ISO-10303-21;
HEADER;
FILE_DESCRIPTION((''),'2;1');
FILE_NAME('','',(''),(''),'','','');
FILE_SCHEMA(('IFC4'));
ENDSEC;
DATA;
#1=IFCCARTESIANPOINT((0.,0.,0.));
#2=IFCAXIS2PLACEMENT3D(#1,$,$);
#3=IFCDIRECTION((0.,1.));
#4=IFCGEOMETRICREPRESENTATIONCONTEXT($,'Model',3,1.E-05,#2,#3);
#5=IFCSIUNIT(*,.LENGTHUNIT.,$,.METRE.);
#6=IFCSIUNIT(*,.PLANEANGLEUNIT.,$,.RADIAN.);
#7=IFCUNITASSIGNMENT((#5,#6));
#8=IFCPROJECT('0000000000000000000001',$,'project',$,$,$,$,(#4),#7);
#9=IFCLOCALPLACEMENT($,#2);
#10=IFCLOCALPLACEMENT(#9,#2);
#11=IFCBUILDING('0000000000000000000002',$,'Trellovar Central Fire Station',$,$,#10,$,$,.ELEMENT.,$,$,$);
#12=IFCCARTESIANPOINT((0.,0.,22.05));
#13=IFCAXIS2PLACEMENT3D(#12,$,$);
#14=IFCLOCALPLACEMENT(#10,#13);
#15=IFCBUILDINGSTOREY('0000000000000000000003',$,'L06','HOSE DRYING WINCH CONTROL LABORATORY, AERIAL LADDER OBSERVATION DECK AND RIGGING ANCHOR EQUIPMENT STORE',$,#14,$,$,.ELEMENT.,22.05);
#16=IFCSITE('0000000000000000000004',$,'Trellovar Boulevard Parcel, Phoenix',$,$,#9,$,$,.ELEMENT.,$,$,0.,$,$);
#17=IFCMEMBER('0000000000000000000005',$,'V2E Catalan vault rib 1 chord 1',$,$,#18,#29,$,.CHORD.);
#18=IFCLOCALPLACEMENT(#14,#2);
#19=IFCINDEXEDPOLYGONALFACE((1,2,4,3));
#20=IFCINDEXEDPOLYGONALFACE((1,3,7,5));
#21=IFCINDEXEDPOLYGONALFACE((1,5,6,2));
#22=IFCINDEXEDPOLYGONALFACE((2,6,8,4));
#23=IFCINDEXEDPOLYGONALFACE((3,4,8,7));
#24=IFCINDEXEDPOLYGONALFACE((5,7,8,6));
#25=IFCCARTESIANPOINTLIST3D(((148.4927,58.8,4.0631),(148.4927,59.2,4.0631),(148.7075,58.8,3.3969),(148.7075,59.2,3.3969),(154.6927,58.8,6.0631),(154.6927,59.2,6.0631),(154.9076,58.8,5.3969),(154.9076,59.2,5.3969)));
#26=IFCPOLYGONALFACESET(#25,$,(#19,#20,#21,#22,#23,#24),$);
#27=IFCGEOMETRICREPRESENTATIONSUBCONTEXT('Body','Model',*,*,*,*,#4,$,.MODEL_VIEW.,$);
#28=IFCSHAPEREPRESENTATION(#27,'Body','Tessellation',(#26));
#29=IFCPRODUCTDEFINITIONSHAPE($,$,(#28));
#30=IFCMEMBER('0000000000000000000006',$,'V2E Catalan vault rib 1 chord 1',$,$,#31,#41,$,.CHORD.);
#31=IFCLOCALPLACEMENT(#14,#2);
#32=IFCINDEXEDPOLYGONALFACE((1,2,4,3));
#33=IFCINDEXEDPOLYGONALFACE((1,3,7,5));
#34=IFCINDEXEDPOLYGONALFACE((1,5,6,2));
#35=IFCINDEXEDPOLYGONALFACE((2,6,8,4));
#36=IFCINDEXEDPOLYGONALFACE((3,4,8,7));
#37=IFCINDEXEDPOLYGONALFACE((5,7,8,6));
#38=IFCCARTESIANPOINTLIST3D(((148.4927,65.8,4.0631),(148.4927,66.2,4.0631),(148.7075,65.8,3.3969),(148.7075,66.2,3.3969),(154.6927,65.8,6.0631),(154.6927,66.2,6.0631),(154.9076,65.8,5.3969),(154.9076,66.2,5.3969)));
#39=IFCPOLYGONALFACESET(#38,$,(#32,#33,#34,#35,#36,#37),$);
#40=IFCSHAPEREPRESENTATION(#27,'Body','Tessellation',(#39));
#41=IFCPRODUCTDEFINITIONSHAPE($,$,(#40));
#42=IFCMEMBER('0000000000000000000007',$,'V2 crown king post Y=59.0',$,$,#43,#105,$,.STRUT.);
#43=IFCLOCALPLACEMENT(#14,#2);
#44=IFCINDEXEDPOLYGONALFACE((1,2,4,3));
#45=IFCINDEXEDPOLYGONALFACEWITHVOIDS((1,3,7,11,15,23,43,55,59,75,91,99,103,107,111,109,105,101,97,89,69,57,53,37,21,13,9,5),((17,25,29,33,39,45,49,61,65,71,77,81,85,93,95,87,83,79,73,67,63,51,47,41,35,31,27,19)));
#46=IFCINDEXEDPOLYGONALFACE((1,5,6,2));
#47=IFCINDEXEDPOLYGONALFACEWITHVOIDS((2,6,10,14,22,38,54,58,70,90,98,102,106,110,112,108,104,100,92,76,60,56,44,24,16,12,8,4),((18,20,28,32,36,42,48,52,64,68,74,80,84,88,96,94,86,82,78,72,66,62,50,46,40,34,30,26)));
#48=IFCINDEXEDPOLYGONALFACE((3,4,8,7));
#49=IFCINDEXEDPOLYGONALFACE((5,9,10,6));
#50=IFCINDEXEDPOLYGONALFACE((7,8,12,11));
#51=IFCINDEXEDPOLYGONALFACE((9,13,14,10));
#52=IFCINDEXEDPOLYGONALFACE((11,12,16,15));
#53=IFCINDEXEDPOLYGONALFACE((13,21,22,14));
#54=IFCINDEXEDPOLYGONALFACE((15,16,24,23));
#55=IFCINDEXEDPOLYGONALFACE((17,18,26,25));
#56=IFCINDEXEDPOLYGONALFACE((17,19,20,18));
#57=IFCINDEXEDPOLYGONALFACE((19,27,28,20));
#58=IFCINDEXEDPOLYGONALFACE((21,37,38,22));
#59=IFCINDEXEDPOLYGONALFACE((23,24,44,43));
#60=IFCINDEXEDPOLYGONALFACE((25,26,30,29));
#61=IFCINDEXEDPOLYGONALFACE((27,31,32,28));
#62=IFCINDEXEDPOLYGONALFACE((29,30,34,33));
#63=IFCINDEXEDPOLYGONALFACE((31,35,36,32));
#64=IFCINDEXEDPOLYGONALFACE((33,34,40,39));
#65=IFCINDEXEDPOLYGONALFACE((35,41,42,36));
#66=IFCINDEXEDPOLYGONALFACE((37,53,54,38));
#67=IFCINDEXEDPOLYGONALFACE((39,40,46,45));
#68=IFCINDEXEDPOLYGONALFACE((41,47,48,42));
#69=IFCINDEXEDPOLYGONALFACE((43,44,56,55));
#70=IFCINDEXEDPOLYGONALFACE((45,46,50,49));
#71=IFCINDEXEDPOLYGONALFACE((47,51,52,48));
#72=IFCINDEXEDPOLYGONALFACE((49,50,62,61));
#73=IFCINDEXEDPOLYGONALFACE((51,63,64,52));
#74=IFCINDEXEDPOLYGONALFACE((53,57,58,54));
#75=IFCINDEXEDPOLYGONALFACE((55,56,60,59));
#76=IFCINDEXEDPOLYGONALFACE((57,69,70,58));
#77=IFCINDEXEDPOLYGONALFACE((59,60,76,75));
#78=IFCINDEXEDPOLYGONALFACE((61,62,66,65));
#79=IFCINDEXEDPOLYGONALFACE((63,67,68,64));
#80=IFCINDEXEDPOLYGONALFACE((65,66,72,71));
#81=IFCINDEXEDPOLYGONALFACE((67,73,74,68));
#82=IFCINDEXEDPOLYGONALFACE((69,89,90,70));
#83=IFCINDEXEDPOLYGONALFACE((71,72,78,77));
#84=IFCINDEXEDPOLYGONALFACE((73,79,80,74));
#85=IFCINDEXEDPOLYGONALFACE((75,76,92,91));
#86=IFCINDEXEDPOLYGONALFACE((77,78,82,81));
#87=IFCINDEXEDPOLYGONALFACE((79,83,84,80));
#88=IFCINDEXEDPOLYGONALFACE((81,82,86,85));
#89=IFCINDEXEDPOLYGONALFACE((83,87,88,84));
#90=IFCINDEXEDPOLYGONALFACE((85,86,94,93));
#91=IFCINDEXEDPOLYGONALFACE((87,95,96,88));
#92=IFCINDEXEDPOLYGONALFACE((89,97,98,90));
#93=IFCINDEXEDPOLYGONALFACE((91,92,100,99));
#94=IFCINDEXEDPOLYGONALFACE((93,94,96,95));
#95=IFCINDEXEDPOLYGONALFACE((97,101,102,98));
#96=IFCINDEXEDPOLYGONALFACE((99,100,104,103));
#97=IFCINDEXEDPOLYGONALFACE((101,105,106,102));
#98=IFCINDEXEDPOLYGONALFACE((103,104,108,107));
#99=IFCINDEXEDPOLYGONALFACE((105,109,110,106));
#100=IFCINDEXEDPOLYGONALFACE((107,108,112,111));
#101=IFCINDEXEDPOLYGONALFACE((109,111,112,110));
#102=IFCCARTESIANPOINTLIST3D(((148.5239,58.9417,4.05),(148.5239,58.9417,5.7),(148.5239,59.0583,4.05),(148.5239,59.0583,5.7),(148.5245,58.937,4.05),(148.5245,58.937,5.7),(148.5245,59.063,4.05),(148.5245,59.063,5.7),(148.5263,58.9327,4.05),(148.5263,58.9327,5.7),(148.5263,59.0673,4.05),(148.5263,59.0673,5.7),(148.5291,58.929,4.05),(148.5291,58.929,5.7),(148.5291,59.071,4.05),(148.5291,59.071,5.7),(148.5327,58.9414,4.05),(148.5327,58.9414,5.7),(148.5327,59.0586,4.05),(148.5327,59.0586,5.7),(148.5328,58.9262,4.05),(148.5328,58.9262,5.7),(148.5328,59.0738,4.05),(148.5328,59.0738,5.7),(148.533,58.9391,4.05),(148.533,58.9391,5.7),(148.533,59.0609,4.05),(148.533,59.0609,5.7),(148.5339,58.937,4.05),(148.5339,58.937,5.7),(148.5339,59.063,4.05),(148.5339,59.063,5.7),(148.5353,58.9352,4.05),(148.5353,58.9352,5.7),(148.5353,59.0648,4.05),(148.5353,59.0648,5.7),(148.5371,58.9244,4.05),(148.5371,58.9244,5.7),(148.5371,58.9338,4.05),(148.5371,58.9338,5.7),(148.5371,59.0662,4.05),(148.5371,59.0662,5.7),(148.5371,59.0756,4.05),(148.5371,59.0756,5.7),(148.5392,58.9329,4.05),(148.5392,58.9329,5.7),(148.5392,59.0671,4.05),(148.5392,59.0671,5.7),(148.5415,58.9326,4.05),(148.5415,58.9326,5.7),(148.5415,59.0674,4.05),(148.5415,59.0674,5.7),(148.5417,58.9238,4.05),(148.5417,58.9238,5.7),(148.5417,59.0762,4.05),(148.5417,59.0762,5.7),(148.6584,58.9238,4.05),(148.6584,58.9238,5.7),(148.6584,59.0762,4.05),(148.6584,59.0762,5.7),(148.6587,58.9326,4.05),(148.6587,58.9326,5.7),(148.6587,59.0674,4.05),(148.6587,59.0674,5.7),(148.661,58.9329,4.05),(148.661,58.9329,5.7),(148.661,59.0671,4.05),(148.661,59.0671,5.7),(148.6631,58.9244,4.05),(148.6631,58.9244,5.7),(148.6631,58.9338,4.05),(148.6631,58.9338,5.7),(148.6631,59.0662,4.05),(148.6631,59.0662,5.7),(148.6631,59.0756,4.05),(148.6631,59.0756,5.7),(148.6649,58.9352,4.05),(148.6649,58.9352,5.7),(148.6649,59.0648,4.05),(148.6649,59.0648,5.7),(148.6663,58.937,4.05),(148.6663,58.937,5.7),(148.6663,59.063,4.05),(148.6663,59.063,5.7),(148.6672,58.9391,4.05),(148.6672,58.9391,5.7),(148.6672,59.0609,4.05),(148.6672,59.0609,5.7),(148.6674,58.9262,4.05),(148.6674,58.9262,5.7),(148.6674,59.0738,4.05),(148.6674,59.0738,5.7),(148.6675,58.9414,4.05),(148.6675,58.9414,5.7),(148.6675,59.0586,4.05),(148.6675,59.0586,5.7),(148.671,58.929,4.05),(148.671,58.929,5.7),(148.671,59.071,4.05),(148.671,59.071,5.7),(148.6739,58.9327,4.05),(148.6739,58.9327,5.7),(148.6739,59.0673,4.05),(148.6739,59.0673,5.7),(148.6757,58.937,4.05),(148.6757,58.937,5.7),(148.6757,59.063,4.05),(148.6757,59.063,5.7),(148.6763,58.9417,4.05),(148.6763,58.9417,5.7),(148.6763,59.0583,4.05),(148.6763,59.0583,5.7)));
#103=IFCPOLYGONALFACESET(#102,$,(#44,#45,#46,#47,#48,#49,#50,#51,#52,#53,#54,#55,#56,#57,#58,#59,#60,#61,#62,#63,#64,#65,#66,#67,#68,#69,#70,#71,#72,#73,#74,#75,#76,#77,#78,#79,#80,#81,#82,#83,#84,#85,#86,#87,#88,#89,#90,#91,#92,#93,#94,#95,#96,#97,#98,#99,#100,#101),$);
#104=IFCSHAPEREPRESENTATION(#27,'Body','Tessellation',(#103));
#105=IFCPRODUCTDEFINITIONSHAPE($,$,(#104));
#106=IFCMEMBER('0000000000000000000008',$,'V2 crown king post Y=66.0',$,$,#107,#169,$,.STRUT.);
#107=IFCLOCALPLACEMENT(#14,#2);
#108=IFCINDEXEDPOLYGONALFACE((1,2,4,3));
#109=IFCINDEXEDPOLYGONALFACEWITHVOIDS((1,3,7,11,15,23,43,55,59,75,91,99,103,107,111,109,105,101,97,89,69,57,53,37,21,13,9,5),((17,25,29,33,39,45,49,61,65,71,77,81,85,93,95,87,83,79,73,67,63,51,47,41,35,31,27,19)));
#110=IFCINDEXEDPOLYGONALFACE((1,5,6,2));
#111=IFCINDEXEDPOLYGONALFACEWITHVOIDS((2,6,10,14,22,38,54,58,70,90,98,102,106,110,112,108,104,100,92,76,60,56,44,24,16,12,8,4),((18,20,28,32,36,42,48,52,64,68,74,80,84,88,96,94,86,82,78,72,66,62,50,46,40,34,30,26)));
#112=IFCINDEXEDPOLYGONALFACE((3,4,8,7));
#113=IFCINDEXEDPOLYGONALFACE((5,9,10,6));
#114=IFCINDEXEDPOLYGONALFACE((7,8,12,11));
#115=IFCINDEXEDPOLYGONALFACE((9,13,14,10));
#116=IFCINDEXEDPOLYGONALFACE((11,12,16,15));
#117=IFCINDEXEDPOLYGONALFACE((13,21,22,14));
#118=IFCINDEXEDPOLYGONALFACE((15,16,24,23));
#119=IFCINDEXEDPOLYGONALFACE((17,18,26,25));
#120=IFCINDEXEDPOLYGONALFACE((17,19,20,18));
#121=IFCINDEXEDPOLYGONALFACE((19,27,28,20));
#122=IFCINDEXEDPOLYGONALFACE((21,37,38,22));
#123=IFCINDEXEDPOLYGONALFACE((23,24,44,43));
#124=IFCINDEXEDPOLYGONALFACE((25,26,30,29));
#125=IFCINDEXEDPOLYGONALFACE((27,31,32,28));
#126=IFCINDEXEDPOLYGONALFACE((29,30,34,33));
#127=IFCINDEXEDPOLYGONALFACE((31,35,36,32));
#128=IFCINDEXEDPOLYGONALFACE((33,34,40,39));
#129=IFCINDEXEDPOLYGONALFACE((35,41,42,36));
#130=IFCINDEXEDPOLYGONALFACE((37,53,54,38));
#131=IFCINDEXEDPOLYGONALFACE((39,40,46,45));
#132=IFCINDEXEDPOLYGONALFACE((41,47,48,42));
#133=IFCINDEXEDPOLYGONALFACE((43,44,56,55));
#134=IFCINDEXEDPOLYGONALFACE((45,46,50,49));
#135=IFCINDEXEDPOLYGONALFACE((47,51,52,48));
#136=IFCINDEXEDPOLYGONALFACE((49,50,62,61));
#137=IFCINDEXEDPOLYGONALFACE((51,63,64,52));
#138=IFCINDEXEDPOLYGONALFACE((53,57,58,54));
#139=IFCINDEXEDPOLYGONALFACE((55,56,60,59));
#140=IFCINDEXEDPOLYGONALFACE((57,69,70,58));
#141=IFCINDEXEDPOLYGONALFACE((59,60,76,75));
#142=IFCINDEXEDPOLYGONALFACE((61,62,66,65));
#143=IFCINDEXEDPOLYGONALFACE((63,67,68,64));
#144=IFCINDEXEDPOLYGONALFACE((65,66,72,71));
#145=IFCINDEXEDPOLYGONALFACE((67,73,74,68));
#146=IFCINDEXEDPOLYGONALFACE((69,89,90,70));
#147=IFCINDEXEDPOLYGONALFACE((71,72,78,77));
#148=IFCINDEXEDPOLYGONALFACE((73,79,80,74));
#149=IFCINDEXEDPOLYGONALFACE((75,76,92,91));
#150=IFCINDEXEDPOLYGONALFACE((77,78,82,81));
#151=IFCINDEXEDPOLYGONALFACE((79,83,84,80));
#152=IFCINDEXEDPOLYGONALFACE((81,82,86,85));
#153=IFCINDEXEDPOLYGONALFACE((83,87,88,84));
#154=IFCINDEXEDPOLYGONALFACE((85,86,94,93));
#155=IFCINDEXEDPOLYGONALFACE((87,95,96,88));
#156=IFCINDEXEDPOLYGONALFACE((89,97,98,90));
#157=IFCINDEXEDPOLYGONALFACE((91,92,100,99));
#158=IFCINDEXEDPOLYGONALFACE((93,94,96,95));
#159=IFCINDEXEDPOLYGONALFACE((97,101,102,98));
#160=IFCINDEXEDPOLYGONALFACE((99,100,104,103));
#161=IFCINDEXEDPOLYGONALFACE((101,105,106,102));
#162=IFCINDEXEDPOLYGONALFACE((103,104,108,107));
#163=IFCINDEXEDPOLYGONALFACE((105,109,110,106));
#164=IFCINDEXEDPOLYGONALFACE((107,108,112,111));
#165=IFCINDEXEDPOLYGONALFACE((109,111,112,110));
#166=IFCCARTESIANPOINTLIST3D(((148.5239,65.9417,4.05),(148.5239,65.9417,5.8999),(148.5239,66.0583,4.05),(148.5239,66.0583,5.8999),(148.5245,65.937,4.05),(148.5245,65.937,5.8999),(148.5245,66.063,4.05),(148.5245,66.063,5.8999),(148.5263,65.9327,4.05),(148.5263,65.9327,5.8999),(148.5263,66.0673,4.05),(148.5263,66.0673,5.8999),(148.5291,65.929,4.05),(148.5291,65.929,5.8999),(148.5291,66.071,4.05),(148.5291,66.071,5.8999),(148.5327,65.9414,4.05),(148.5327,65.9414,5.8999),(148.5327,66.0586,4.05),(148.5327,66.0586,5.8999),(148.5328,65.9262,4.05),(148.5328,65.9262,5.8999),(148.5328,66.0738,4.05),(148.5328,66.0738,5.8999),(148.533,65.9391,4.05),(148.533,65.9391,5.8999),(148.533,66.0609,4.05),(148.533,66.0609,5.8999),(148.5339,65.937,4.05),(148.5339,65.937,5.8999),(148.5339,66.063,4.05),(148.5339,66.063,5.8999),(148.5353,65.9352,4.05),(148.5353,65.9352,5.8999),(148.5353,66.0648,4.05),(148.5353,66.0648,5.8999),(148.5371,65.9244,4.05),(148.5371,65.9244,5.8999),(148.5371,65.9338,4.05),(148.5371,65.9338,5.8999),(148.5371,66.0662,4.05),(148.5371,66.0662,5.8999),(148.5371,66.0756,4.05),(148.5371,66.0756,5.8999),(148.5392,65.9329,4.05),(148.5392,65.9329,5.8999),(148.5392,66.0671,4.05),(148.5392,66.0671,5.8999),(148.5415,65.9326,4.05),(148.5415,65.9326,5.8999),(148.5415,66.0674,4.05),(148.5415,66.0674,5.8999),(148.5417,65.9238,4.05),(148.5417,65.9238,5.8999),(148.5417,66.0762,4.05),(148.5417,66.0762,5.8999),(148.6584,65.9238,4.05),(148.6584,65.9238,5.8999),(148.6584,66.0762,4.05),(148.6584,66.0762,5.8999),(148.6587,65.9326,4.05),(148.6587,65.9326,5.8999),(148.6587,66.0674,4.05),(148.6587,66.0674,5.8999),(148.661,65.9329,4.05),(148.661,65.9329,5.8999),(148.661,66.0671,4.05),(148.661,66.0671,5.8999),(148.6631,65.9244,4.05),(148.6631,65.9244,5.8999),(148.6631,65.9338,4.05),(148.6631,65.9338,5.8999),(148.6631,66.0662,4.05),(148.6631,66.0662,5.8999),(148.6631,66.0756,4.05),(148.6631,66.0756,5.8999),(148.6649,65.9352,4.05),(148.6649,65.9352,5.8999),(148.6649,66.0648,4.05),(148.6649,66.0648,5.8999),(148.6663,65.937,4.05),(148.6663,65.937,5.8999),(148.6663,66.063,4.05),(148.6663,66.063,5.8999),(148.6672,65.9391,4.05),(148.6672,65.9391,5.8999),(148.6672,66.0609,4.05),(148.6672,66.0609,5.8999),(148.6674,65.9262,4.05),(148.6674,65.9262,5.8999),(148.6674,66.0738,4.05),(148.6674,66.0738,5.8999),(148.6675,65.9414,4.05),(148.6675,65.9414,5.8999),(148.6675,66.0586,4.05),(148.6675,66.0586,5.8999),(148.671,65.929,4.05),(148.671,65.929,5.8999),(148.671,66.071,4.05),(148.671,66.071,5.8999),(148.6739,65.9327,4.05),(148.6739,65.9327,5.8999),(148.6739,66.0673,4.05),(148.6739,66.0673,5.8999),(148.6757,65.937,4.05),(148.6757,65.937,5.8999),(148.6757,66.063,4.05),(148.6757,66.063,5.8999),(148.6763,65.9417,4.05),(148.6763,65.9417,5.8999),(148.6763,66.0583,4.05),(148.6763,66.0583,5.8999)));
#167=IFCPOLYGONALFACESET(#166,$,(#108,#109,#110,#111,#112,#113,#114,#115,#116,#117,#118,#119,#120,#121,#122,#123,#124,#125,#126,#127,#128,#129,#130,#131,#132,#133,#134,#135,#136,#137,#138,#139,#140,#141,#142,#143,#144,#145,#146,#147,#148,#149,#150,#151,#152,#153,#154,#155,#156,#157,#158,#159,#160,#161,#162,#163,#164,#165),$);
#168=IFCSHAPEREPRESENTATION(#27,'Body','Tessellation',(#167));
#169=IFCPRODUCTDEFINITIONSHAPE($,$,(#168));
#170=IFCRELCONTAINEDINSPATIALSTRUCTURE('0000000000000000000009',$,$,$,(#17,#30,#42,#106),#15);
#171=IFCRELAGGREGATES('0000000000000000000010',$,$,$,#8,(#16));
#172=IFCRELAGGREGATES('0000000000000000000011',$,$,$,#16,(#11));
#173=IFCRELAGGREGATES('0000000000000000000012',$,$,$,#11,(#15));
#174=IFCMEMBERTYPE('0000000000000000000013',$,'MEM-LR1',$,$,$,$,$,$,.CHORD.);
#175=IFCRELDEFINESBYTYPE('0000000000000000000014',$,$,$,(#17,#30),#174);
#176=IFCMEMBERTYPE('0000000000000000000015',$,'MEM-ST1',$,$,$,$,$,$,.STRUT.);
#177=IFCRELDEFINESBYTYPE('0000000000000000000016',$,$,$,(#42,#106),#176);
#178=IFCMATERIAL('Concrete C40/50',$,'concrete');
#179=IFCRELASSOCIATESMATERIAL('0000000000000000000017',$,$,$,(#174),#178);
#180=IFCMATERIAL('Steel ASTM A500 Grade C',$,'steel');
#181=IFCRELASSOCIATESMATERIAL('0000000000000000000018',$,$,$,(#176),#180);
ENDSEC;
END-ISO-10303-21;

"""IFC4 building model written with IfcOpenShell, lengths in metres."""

from ifc_helpers import new_model, si_unit, direction, frame, origin, origin_2d, place, context, subcontext, project, spatial, rectangle, hollow_rectangle, extrude, material, material_profile, profile_set, type_object, element, save


model = new_model("IFC4")

# Units and contexts
model_context = context("Model", 3, precision=1e-05, world=origin(), true_north=direction((0.0, 1.0)))
body_context = subcontext(model_context, "Body", "Model", "MODEL_VIEW")
ifc_project = project(units=[si_unit("LENGTHUNIT", "METRE"), si_unit("PLANEANGLEUNIT", "RADIAN")], contexts=[model_context])

# Site, building, storey
site_placement = place(None, origin())
site = spatial("IfcSite", under=ifc_project, at=site_placement, Name="Trellovar Boulevard Parcel, Phoenix", CompositionType="ELEMENT", RefElevation=0.0)
building_placement = place(site_placement, origin())
building = spatial("IfcBuilding", under=site, at=building_placement, Name="Trellovar Central Fire Station", CompositionType="ELEMENT")
storey_placement = place(building_placement, frame((0.0, 0.0, 22.05)))
storey = spatial("IfcBuildingStorey", under=building, at=storey_placement, Name="L06", Description="HOSE DRYING WINCH CONTROL LABORATORY, AERIAL LADDER OBSERVATION DECK AND RIGGING ANCHOR EQUIPMENT STORE", CompositionType="ELEMENT", Elevation=22.05)

# Members
ifc_material_1 = material(Name="Concrete C40/50", Category="concrete")
ifc_material_profile_1 = material_profile(ifc_material_1, rectangle(XDim=0.3999, YDim=0.7, at=origin_2d()), Name="RC400X700")
ifc_profile_set_1 = profile_set([ifc_material_profile_1], Name="Concrete C40/50")
member_type_1 = type_object("IfcMemberType", Name="MEM-LR1", PredefinedType="CHORD", material=ifc_profile_set_1)
for number, where, z_axis, x_axis, name in (
    (1, (148.6001, 59.0, 3.73), (0.951708, 0.0, 0.307005), (0.0, 1.0, 0.0), "V2E Catalan vault rib 1 chord 1"),
    (2, (148.6001, 66.0, 3.73), (0.951708, 0.0, 0.307005), (0.0, 1.0, 0.0), "V2E Catalan vault rib 1 chord 1"),
):
    element("IfcMember", number, at=place(storey_placement, frame(where, z_axis=z_axis, x_axis=x_axis)), inside=storey, type_object=member_type_1, Name=name, PredefinedType="CHORD", context=body_context, shape_type="SweptSolid", body=[
        extrude(rectangle(XDim=0.3999, YDim=0.7, at=origin_2d()), origin(), (0.0, 0.0, 1.0), 6.5146),
    ])
ifc_material_2 = material(Name="Steel ASTM A500 Grade C", Category="steel")
ifc_material_profile_2 = material_profile(ifc_material_2, hollow_rectangle(XDim=0.1523, YDim=0.1523, WallThickness=0.0088, InnerFilletRadius=0.0088, OuterFilletRadius=0.0178, at=origin_2d()), Name="HSS6X6X3/8")
ifc_profile_set_2 = profile_set([ifc_material_profile_2], Name="Steel ASTM A500 Grade C")
member_type_2 = type_object("IfcMemberType", Name="MEM-ST1", PredefinedType="STRUT", material=ifc_profile_set_2)
member_1_placement = place(storey_placement, frame((148.6001, 59.0, 4.05), z_axis=(0.0, 0.0, 1.0), x_axis=(1.0, 0.0, 0.0)))
element("IfcMember", 3, at=member_1_placement, inside=storey, type_object=member_type_2, Name="V2 crown king post Y=59.0", PredefinedType="STRUT", context=body_context, shape_type="SweptSolid", body=[
    extrude(hollow_rectangle(XDim=0.1523, YDim=0.1523, WallThickness=0.0088, InnerFilletRadius=0.0088, OuterFilletRadius=0.0178, at=origin_2d()), origin(), (0.0, 0.0, 1.0), 1.6499),
])
member_2_placement = place(storey_placement, frame((148.6001, 66.0, 4.05), z_axis=(0.0, 0.0, 1.0), x_axis=(1.0, 0.0, 0.0)))
element("IfcMember", 4, at=member_2_placement, inside=storey, type_object=member_type_2, Name="V2 crown king post Y=66.0", PredefinedType="STRUT", context=body_context, shape_type="SweptSolid", body=[
    extrude(hollow_rectangle(XDim=0.1523, YDim=0.1523, WallThickness=0.0088, InnerFilletRadius=0.0088, OuterFilletRadius=0.0178, at=origin_2d()), origin(), (0.0, 0.0, 1.0), 1.8499),
])

save(model, "model.ifc")
